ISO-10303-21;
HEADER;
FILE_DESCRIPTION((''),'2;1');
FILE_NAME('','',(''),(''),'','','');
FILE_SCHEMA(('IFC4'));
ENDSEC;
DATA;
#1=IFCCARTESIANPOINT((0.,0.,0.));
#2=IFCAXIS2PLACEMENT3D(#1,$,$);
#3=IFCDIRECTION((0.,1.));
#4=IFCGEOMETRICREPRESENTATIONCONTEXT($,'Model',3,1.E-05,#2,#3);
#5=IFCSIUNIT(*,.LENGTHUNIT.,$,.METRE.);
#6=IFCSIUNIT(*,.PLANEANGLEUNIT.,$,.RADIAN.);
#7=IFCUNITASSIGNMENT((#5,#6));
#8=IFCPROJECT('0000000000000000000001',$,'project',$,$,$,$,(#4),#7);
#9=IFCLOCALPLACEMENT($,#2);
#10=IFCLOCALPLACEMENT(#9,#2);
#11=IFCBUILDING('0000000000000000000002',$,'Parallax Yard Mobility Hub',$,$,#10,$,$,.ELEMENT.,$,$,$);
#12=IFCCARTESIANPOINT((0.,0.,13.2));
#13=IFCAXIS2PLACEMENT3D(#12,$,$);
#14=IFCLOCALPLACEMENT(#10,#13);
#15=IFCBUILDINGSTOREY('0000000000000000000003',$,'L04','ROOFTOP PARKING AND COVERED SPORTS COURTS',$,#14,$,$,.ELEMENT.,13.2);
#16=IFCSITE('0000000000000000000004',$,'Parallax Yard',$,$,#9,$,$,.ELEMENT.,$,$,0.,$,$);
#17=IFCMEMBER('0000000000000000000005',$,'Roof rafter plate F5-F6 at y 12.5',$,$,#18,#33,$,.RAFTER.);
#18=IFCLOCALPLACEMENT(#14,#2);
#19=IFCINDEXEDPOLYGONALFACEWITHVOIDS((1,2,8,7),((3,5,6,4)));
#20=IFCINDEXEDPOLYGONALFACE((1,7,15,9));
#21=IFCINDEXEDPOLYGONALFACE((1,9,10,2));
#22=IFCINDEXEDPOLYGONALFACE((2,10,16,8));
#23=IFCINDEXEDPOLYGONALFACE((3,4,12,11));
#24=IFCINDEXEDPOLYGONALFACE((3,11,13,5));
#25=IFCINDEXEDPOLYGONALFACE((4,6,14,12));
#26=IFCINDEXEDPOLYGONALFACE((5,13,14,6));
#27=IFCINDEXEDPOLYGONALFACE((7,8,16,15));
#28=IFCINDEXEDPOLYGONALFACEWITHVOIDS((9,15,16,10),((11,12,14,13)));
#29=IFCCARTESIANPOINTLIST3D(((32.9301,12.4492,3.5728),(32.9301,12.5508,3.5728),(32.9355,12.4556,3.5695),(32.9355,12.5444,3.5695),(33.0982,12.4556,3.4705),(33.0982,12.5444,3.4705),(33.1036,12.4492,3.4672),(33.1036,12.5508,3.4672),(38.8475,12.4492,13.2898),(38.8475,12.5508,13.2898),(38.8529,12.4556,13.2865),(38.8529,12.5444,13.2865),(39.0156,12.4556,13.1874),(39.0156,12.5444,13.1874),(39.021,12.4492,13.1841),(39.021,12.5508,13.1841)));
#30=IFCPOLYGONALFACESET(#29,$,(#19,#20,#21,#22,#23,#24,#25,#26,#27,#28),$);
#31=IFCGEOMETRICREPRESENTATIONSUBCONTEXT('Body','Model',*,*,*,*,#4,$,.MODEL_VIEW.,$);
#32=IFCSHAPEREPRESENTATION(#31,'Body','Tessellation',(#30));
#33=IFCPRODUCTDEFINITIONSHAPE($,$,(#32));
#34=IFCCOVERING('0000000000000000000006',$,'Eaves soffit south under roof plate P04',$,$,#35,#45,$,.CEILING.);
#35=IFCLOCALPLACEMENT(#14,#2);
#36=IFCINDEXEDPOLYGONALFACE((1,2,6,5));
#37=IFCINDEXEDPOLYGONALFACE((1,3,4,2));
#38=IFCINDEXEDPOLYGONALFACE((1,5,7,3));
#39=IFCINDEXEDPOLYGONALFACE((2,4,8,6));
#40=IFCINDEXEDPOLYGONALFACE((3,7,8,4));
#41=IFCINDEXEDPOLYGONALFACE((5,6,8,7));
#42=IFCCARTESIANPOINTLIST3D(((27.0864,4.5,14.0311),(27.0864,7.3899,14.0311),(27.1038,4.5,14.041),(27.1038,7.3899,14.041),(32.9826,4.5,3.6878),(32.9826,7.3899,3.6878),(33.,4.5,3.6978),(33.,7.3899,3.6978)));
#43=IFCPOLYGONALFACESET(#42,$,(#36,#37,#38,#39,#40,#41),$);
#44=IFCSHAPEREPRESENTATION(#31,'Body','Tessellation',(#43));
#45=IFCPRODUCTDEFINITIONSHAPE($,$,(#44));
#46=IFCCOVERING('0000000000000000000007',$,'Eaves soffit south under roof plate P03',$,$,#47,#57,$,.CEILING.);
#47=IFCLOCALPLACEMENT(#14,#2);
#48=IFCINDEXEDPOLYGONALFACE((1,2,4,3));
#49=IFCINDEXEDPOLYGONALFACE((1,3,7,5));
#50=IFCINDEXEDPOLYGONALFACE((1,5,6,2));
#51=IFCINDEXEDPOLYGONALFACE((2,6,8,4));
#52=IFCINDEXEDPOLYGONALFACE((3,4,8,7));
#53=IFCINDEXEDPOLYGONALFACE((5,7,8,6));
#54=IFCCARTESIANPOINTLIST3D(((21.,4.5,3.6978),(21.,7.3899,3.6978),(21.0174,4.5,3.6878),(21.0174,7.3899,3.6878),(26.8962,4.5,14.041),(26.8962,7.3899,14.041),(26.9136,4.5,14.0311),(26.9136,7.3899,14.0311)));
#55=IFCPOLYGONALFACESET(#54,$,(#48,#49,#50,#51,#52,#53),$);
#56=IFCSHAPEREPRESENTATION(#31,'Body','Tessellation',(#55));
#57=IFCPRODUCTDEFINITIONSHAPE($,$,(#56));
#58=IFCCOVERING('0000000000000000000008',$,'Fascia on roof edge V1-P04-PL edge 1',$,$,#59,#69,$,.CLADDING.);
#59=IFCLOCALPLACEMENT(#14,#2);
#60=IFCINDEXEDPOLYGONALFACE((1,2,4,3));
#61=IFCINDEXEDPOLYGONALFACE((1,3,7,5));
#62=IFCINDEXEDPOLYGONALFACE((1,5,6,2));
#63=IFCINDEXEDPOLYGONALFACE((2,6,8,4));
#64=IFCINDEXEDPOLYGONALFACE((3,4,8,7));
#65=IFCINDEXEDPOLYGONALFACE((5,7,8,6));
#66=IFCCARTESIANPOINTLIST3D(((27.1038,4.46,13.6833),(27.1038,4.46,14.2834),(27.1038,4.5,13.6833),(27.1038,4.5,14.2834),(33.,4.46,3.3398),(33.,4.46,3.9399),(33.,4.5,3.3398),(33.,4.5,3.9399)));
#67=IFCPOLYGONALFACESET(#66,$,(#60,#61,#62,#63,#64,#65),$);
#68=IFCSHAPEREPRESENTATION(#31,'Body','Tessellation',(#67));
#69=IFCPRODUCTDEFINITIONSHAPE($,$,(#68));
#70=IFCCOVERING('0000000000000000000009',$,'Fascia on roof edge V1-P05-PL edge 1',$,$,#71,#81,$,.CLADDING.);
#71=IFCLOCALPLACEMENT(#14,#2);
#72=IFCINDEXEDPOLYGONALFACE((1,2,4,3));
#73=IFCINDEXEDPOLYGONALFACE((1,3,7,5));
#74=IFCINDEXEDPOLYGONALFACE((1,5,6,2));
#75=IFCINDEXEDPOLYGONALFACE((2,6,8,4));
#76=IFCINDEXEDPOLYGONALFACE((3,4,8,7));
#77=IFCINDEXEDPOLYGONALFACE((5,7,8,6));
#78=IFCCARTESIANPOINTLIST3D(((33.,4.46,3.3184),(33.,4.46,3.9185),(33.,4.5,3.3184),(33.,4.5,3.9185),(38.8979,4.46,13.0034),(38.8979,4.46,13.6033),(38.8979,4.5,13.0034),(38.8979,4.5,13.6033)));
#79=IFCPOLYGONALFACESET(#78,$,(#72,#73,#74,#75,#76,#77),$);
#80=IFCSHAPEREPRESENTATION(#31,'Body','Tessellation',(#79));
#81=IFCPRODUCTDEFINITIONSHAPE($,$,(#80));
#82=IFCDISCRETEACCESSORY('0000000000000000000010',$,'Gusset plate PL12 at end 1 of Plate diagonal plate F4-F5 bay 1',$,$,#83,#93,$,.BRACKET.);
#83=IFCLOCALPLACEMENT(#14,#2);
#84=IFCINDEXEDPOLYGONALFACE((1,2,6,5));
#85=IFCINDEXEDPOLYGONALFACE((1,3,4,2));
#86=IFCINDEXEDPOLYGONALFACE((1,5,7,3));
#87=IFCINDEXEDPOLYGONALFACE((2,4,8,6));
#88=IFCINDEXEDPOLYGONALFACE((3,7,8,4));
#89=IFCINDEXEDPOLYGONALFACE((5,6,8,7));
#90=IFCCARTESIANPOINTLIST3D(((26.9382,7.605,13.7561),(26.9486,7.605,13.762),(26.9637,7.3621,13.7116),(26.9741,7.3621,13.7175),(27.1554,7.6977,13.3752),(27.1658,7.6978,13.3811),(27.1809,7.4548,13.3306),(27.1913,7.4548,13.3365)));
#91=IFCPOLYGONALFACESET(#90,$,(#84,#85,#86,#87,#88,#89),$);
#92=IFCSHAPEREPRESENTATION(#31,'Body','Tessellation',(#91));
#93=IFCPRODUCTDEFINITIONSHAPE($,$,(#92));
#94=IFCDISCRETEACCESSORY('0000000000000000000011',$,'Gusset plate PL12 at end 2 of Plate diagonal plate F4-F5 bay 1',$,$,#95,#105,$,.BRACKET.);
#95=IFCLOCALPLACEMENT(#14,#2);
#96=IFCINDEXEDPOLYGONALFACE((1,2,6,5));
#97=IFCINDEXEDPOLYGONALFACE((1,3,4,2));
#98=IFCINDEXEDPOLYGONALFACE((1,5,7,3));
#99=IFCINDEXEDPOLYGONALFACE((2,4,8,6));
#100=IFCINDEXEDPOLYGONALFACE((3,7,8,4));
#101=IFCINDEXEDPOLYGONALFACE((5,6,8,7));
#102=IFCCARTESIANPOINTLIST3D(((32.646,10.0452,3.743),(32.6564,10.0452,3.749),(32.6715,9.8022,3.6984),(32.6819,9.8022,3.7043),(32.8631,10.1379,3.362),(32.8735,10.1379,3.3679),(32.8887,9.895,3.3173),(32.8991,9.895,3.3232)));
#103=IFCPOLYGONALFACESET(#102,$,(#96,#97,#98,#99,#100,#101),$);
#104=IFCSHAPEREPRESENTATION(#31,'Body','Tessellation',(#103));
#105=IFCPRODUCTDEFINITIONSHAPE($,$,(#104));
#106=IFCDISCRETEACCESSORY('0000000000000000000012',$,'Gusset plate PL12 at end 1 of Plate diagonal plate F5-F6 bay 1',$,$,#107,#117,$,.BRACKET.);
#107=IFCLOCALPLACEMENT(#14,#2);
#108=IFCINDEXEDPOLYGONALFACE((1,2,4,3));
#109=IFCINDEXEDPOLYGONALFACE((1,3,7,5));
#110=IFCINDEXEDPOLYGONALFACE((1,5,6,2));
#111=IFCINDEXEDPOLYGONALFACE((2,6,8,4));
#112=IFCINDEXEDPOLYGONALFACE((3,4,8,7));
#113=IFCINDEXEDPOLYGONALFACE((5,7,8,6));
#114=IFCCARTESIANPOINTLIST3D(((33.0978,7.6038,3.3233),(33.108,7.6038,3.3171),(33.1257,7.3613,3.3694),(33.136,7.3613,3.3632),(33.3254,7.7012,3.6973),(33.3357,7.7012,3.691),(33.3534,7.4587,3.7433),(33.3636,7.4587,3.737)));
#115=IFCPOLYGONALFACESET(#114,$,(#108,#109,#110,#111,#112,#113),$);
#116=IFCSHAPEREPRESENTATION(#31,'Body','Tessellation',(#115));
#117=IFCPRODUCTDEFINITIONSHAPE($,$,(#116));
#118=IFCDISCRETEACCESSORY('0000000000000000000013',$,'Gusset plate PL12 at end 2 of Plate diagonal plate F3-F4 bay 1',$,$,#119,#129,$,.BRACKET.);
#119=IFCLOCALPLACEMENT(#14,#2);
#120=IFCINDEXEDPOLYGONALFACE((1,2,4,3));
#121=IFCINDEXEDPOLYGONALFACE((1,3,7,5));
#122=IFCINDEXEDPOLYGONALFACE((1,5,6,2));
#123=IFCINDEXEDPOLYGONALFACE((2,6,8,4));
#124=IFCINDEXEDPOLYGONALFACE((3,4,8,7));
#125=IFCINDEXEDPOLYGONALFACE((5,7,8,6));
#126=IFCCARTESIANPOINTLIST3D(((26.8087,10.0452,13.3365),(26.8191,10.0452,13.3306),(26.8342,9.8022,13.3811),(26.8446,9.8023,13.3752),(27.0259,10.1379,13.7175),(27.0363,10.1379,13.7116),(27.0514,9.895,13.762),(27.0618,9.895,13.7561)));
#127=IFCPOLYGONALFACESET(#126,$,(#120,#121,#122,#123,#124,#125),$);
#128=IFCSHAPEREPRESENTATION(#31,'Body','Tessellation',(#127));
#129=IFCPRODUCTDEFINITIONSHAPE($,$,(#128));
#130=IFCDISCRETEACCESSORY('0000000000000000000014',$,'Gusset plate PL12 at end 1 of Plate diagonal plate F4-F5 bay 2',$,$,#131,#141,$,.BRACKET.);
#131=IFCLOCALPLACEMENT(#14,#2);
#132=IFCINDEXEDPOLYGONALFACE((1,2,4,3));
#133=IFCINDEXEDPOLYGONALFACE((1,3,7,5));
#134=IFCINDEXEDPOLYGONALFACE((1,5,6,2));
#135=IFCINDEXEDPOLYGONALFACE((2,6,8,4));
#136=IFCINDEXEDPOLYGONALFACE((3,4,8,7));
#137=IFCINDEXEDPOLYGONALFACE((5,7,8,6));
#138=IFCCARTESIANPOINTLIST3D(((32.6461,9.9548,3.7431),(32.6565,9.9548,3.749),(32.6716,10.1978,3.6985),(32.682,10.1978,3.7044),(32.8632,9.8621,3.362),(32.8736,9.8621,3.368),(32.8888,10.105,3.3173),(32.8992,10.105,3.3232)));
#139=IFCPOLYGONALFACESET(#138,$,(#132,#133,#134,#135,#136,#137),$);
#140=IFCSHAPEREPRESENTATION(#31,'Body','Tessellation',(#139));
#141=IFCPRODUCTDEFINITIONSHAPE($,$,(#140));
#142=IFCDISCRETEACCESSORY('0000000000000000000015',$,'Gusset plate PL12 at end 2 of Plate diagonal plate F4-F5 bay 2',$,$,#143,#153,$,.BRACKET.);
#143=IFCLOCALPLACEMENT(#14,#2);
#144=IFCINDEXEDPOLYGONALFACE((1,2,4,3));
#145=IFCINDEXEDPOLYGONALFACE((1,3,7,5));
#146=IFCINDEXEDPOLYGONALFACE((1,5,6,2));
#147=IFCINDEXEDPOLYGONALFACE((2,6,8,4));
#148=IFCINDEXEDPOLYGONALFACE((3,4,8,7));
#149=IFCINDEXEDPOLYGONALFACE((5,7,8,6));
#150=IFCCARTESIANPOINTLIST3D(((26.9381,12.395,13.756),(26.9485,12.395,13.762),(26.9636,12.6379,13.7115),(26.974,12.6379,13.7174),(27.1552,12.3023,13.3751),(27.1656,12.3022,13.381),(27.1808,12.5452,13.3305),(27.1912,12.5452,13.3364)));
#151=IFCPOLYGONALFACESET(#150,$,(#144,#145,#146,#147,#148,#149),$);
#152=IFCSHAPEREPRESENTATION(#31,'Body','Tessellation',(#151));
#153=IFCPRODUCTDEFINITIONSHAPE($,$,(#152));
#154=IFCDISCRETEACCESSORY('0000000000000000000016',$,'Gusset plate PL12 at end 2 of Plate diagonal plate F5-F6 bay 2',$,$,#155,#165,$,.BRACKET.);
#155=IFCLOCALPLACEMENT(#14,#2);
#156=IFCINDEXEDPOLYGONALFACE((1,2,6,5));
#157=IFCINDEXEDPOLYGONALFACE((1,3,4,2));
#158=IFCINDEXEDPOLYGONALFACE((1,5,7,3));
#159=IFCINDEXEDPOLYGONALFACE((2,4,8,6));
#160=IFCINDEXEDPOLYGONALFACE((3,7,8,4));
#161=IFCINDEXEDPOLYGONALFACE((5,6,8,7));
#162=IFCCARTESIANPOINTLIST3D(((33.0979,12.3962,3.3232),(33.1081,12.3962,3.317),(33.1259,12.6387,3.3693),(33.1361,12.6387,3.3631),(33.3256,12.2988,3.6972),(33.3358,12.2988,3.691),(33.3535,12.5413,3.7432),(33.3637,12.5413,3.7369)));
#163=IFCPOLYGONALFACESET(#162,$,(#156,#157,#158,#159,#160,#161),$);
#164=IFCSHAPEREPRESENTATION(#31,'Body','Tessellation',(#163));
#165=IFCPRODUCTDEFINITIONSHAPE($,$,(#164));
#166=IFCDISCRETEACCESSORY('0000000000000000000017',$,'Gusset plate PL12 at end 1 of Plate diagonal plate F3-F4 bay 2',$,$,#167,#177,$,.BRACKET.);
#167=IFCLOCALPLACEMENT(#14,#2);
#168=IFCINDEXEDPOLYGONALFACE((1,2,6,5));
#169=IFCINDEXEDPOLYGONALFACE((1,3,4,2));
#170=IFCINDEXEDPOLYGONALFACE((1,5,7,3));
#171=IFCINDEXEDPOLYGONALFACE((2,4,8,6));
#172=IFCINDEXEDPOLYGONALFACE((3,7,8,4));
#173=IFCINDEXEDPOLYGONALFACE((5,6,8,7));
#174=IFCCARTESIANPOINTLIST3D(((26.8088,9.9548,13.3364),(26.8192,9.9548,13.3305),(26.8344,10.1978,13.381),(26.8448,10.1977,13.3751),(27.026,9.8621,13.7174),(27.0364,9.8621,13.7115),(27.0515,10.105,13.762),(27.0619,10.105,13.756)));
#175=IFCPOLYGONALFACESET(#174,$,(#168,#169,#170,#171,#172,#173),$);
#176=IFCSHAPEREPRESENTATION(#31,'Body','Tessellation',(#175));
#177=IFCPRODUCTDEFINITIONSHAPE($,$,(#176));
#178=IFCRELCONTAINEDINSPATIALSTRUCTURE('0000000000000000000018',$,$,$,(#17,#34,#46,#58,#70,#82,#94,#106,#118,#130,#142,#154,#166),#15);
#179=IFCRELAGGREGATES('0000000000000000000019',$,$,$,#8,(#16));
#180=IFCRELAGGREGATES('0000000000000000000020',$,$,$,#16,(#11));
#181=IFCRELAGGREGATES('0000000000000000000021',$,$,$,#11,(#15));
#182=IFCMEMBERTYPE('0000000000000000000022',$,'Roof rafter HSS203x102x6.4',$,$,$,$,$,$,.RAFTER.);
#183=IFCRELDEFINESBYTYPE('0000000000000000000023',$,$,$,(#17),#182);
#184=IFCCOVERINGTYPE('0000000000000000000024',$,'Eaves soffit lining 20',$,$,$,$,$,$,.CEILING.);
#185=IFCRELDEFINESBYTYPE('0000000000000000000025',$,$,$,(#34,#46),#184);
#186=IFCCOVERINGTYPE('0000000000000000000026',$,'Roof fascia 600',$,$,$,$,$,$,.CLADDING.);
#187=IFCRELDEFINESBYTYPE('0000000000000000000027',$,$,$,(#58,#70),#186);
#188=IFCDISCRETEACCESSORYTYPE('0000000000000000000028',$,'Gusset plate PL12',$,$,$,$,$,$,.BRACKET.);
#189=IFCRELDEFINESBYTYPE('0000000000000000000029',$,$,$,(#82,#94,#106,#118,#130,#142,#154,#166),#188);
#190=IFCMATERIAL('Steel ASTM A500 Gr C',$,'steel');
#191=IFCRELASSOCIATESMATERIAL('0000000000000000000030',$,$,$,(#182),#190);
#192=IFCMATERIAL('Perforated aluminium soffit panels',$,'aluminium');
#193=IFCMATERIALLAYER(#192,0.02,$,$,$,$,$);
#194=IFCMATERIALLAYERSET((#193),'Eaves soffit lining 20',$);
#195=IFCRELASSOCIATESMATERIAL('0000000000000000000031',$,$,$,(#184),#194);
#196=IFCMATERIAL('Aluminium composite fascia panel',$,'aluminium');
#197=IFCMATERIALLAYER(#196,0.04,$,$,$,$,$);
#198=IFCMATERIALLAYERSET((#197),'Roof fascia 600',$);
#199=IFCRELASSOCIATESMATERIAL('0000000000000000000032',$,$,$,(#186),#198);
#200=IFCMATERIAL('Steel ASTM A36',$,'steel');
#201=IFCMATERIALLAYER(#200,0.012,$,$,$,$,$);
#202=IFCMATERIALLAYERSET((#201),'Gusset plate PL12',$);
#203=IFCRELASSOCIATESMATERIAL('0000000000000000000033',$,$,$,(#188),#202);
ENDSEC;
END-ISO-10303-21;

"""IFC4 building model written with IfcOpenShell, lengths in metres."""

from ifc_helpers import new_model, si_unit, direction, frame, origin, origin_2d, place, context, subcontext, project, spatial, polyline, hollow_rectangle, outline, extrude, material, layer, layer_set, material_profile, profile_set, type_object, element, save


model = new_model("IFC4")

# Units and contexts
model_context = context("Model", 3, precision=1e-05, world=origin(), true_north=direction((0.0, 1.0)))
body_context = subcontext(model_context, "Body", "Model", "MODEL_VIEW")
ifc_project = project(units=[si_unit("LENGTHUNIT", "METRE"), si_unit("PLANEANGLEUNIT", "RADIAN")], contexts=[model_context])

# Site, building, storey
site_placement = place(None, origin())
site = spatial("IfcSite", under=ifc_project, at=site_placement, Name="Parallax Yard", CompositionType="ELEMENT", RefElevation=0.0)
building_placement = place(site_placement, origin())
building = spatial("IfcBuilding", under=site, at=building_placement, Name="Parallax Yard Mobility Hub", CompositionType="ELEMENT")
storey_placement = place(building_placement, frame((0.0, 0.0, 13.2)))
storey = spatial("IfcBuildingStorey", under=building, at=storey_placement, Name="L04", Description="ROOFTOP PARKING AND COVERED SPORTS COURTS", CompositionType="ELEMENT", Elevation=13.2)

# Shared definitions
ifc_material_1 = material(Name="Steel ASTM A500 Gr C", Category="steel")

# Member
ifc_material_profile_1 = material_profile(ifc_material_1, hollow_rectangle(XDim=0.1016, YDim=0.2031, WallThickness=0.0063, at=origin_2d()), Name="HSS203x102x6.4")
ifc_profile_set_1 = profile_set([ifc_material_profile_1], Name="Steel ASTM A500 Gr C")
member_type_1 = type_object("IfcMemberType", Name="Roof rafter HSS203x102x6.4", PredefinedType="RAFTER", material=ifc_profile_set_1)
member_1_placement = place(storey_placement, frame((33.0168, 12.5, 3.52), z_axis=(0.520124, 0.0, 0.854091), x_axis=(0.0, 1.0, 0.0)))
element("IfcMember", 1, at=member_1_placement, inside=storey, type_object=member_type_1, Name="Roof rafter plate F5-F6 at y 12.5", PredefinedType="RAFTER", context=body_context, shape_type="SweptSolid", body=[
    extrude(hollow_rectangle(XDim=0.1016, YDim=0.2031, WallThickness=0.0063, at=origin_2d()), origin(), (0.0, 0.0, 1.0), 11.377),
])

# Coverings
ifc_material_2 = material(Name="Perforated aluminium soffit panels", Category="aluminium")
ifc_layer_1 = layer(ifc_material_2, 0.02)
ifc_layer_set_1 = layer_set([ifc_layer_1], Name="Eaves soffit lining 20")
covering_type_1 = type_object("IfcCoveringType", Name="Eaves soffit lining 20", PredefinedType="CEILING", material=ifc_layer_set_1)
for number, where, z_axis, x_axis, name in (
    (2, (33.0, 4.5, 3.6978), (0.868756, 0.0, 0.49524), (-0.49524, 0.0, 0.868756), "Eaves soffit south under roof plate P04"),
    (3, (26.8962, 4.5, 14.041), (-0.868756, 0.0, 0.49524), (-0.49524, 0.0, -0.868756), "Eaves soffit south under roof plate P03"),
):
    element("IfcCovering", number, at=place(storey_placement, frame(where, z_axis=z_axis, x_axis=x_axis)), inside=storey, type_object=covering_type_1, Name=name, PredefinedType="CEILING", context=body_context, shape_type="SweptSolid", body=[
        extrude(outline(polyline([(0.0, 0.0), (11.9058, 0.0), (11.9058, -2.8899), (0.0, -2.8899), (0.0, 0.0)])), origin(), (0.0, 0.0, -1.0), 0.02),
    ])
ifc_material_3 = material(Name="Aluminium composite fascia panel", Category="aluminium")
ifc_layer_2 = layer(ifc_material_3, 0.04)
ifc_layer_set_2 = layer_set([ifc_layer_2], Name="Roof fascia 600")
covering_type_2 = type_object("IfcCoveringType", Name="Roof fascia 600", PredefinedType="CLADDING", material=ifc_layer_set_2)
covering_1_placement = place(storey_placement, frame((27.1038, 4.5, 14.2834), z_axis=(0.0, 1.0, 0.0), x_axis=(0.495231, 0.0, -0.868761)))
element("IfcCovering", 4, at=covering_1_placement, inside=storey, type_object=covering_type_2, Name="Fascia on roof edge V1-P04-PL edge 1", PredefinedType="CLADDING", context=body_context, shape_type="SweptSolid", body=[
    extrude(outline(polyline([(0.0, 0.0), (11.906, 0.0), (12.4274, 0.2972), (0.5213, 0.2972), (0.0, 0.0)])), origin(), (0.0, 0.0, -1.0), 0.04),
])
covering_2_placement = place(storey_placement, frame((33.0, 4.5, 3.9185), z_axis=(0.0, 1.0, 0.0), x_axis=(0.52013, 0.0, 0.854087)))
element("IfcCovering", 5, at=covering_2_placement, inside=storey, type_object=covering_type_2, Name="Fascia on roof edge V1-P05-PL edge 1", PredefinedType="CLADDING", context=body_context, shape_type="SweptSolid", body=[
    extrude(outline(polyline([(0.0, 0.0), (11.3394, 0.0), (10.827, 0.312), (-0.5125, 0.3121), (0.0, 0.0)])), origin(), (0.0, 0.0, -1.0), 0.04),
])

# Discrete accessories
ifc_material_4 = material(Name="Steel ASTM A36", Category="steel")
ifc_layer_3 = layer(ifc_material_4, 0.012)
ifc_layer_set_3 = layer_set([ifc_layer_3], Name="Gusset plate PL12")
discrete_accessory_type = type_object("IfcDiscreteAccessoryType", Name="Gusset plate PL12", PredefinedType="BRACKET", material=ifc_layer_set_3)
discrete_accessory_1_placement = place(storey_placement, frame((27.1658, 7.6978, 13.3811), z_axis=(0.868732, 0.000396, 0.495282), x_axis=(-0.484484, -0.206996, 0.849958)))
element("IfcDiscreteAccessory", 6, at=discrete_accessory_1_placement, inside=storey, type_object=discrete_accessory_type, Name="Gusset plate PL12 at end 1 of Plate diagonal plate F4-F5 bay 1", PredefinedType="BRACKET", context=body_context, shape_type="SweptSolid", body=[
    extrude(outline(polyline([(0.0, 0.0), (0.4482, 0.0), (0.4483, 0.2483), (0.0, 0.2483), (0.0, 0.0)])), origin(), (0.0, 0.0, -1.0), 0.012),
])
discrete_accessory_2_placement = place(storey_placement, frame((32.6819, 9.8022, 3.7043), z_axis=(0.868823, 0.000185, 0.495124), x_axis=(0.484377, 0.2069, -0.850042)))
element("IfcDiscreteAccessory", 7, at=discrete_accessory_2_placement, inside=storey, type_object=discrete_accessory_type, Name="Gusset plate PL12 at end 2 of Plate diagonal plate F4-F5 bay 1", PredefinedType="BRACKET", context=body_context, shape_type="SweptSolid", body=[
    extrude(outline(polyline([(0.0, 0.0), (0.4484, 0.0), (0.4483, 0.2483), (0.0, 0.2483), (0.0, 0.0)])), origin(), (0.0, 0.0, -1.0), 0.012),
])
discrete_accessory_3_placement = place(storey_placement, frame((33.3254, 7.7012, 3.6973), z_axis=(-0.854155, 0.000225, 0.520019), x_axis=(-0.507647, -0.217193, -0.833739)))
element("IfcDiscreteAccessory", 8, at=discrete_accessory_3_placement, inside=storey, type_object=discrete_accessory_type, Name="Gusset plate PL12 at end 1 of Plate diagonal plate F5-F6 bay 1", PredefinedType="BRACKET", context=body_context, shape_type="SweptSolid", body=[
    extrude(outline(polyline([(0.0, 0.0), (0.4485, 0.0), (0.4486, 0.2483), (0.0001, 0.2483), (0.0, 0.0)])), origin(), (0.0, 0.0, -1.0), 0.012),
])
discrete_accessory_4_placement = place(storey_placement, frame((26.8342, 9.8022, 13.3811), z_axis=(-0.868732, -0.000396, 0.495282), x_axis=(0.484484, 0.206996, 0.849958)))
element("IfcDiscreteAccessory", 9, at=discrete_accessory_4_placement, inside=storey, type_object=discrete_accessory_type, Name="Gusset plate PL12 at end 2 of Plate diagonal plate F3-F4 bay 1", PredefinedType="BRACKET", context=body_context, shape_type="SweptSolid", body=[
    extrude(outline(polyline([(0.0, 0.0), (0.4482, 0.0), (0.4483, 0.2483), (0.0, 0.2483), (0.0, 0.0)])), origin(), (0.0, 0.0, -1.0), 0.012),
])
discrete_accessory_5_placement = place(storey_placement, frame((32.6565, 9.9548, 3.749), z_axis=(0.868823, -0.000185, 0.495124), x_axis=(0.484371, -0.206955, -0.850032)))
element("IfcDiscreteAccessory", 10, at=discrete_accessory_5_placement, inside=storey, type_object=discrete_accessory_type, Name="Gusset plate PL12 at end 1 of Plate diagonal plate F4-F5 bay 2", PredefinedType="BRACKET", context=body_context, shape_type="SweptSolid", body=[
    extrude(outline(polyline([(0.0, 0.0), (0.4483, 0.0), (0.4484, 0.2483), (0.0, 0.2483), (0.0, 0.0)])), origin(), (0.0, 0.0, -1.0), 0.012),
])
discrete_accessory_6_placement = place(storey_placement, frame((27.1912, 12.5452, 13.3364), z_axis=(0.868732, -0.000396, 0.495282), x_axis=(-0.484488, 0.206955, 0.849965)))
element("IfcDiscreteAccessory", 11, at=discrete_accessory_6_placement, inside=storey, type_object=discrete_accessory_type, Name="Gusset plate PL12 at end 2 of Plate diagonal plate F4-F5 bay 2", PredefinedType="BRACKET", context=body_context, shape_type="SweptSolid", body=[
    extrude(outline(polyline([(0.0, 0.0), (0.4483, 0.0), (0.4482, 0.2483), (0.0, 0.2483), (0.0, 0.0)])), origin(), (0.0, 0.0, -1.0), 0.012),
])
discrete_accessory_7_placement = place(storey_placement, frame((33.3535, 12.5413, 3.7432), z_axis=(-0.854155, -0.000225, 0.520019), x_axis=(-0.507643, 0.217232, -0.833732)))
element("IfcDiscreteAccessory", 12, at=discrete_accessory_7_placement, inside=storey, type_object=discrete_accessory_type, Name="Gusset plate PL12 at end 2 of Plate diagonal plate F5-F6 bay 2", PredefinedType="BRACKET", context=body_context, shape_type="SweptSolid", body=[
    extrude(outline(polyline([(0.0, 0.0), (0.4484, 0.0), (0.4484, 0.2483), (-0.0001, 0.2483), (0.0, 0.0)])), origin(), (0.0, 0.0, -1.0), 0.012),
])
discrete_accessory_8_placement = place(storey_placement, frame((26.8088, 9.9548, 13.3364), z_axis=(-0.868732, 0.000396, 0.495282), x_axis=(0.484488, -0.206955, 0.849965)))
element("IfcDiscreteAccessory", 13, at=discrete_accessory_8_placement, inside=storey, type_object=discrete_accessory_type, Name="Gusset plate PL12 at end 1 of Plate diagonal plate F3-F4 bay 2", PredefinedType="BRACKET", context=body_context, shape_type="SweptSolid", body=[
    extrude(outline(polyline([(0.0, 0.0), (0.4483, 0.0), (0.4482, 0.2483), (0.0, 0.2483), (0.0, 0.0)])), origin(), (0.0, 0.0, -1.0), 0.012),
])

save(model, "model.ifc")
